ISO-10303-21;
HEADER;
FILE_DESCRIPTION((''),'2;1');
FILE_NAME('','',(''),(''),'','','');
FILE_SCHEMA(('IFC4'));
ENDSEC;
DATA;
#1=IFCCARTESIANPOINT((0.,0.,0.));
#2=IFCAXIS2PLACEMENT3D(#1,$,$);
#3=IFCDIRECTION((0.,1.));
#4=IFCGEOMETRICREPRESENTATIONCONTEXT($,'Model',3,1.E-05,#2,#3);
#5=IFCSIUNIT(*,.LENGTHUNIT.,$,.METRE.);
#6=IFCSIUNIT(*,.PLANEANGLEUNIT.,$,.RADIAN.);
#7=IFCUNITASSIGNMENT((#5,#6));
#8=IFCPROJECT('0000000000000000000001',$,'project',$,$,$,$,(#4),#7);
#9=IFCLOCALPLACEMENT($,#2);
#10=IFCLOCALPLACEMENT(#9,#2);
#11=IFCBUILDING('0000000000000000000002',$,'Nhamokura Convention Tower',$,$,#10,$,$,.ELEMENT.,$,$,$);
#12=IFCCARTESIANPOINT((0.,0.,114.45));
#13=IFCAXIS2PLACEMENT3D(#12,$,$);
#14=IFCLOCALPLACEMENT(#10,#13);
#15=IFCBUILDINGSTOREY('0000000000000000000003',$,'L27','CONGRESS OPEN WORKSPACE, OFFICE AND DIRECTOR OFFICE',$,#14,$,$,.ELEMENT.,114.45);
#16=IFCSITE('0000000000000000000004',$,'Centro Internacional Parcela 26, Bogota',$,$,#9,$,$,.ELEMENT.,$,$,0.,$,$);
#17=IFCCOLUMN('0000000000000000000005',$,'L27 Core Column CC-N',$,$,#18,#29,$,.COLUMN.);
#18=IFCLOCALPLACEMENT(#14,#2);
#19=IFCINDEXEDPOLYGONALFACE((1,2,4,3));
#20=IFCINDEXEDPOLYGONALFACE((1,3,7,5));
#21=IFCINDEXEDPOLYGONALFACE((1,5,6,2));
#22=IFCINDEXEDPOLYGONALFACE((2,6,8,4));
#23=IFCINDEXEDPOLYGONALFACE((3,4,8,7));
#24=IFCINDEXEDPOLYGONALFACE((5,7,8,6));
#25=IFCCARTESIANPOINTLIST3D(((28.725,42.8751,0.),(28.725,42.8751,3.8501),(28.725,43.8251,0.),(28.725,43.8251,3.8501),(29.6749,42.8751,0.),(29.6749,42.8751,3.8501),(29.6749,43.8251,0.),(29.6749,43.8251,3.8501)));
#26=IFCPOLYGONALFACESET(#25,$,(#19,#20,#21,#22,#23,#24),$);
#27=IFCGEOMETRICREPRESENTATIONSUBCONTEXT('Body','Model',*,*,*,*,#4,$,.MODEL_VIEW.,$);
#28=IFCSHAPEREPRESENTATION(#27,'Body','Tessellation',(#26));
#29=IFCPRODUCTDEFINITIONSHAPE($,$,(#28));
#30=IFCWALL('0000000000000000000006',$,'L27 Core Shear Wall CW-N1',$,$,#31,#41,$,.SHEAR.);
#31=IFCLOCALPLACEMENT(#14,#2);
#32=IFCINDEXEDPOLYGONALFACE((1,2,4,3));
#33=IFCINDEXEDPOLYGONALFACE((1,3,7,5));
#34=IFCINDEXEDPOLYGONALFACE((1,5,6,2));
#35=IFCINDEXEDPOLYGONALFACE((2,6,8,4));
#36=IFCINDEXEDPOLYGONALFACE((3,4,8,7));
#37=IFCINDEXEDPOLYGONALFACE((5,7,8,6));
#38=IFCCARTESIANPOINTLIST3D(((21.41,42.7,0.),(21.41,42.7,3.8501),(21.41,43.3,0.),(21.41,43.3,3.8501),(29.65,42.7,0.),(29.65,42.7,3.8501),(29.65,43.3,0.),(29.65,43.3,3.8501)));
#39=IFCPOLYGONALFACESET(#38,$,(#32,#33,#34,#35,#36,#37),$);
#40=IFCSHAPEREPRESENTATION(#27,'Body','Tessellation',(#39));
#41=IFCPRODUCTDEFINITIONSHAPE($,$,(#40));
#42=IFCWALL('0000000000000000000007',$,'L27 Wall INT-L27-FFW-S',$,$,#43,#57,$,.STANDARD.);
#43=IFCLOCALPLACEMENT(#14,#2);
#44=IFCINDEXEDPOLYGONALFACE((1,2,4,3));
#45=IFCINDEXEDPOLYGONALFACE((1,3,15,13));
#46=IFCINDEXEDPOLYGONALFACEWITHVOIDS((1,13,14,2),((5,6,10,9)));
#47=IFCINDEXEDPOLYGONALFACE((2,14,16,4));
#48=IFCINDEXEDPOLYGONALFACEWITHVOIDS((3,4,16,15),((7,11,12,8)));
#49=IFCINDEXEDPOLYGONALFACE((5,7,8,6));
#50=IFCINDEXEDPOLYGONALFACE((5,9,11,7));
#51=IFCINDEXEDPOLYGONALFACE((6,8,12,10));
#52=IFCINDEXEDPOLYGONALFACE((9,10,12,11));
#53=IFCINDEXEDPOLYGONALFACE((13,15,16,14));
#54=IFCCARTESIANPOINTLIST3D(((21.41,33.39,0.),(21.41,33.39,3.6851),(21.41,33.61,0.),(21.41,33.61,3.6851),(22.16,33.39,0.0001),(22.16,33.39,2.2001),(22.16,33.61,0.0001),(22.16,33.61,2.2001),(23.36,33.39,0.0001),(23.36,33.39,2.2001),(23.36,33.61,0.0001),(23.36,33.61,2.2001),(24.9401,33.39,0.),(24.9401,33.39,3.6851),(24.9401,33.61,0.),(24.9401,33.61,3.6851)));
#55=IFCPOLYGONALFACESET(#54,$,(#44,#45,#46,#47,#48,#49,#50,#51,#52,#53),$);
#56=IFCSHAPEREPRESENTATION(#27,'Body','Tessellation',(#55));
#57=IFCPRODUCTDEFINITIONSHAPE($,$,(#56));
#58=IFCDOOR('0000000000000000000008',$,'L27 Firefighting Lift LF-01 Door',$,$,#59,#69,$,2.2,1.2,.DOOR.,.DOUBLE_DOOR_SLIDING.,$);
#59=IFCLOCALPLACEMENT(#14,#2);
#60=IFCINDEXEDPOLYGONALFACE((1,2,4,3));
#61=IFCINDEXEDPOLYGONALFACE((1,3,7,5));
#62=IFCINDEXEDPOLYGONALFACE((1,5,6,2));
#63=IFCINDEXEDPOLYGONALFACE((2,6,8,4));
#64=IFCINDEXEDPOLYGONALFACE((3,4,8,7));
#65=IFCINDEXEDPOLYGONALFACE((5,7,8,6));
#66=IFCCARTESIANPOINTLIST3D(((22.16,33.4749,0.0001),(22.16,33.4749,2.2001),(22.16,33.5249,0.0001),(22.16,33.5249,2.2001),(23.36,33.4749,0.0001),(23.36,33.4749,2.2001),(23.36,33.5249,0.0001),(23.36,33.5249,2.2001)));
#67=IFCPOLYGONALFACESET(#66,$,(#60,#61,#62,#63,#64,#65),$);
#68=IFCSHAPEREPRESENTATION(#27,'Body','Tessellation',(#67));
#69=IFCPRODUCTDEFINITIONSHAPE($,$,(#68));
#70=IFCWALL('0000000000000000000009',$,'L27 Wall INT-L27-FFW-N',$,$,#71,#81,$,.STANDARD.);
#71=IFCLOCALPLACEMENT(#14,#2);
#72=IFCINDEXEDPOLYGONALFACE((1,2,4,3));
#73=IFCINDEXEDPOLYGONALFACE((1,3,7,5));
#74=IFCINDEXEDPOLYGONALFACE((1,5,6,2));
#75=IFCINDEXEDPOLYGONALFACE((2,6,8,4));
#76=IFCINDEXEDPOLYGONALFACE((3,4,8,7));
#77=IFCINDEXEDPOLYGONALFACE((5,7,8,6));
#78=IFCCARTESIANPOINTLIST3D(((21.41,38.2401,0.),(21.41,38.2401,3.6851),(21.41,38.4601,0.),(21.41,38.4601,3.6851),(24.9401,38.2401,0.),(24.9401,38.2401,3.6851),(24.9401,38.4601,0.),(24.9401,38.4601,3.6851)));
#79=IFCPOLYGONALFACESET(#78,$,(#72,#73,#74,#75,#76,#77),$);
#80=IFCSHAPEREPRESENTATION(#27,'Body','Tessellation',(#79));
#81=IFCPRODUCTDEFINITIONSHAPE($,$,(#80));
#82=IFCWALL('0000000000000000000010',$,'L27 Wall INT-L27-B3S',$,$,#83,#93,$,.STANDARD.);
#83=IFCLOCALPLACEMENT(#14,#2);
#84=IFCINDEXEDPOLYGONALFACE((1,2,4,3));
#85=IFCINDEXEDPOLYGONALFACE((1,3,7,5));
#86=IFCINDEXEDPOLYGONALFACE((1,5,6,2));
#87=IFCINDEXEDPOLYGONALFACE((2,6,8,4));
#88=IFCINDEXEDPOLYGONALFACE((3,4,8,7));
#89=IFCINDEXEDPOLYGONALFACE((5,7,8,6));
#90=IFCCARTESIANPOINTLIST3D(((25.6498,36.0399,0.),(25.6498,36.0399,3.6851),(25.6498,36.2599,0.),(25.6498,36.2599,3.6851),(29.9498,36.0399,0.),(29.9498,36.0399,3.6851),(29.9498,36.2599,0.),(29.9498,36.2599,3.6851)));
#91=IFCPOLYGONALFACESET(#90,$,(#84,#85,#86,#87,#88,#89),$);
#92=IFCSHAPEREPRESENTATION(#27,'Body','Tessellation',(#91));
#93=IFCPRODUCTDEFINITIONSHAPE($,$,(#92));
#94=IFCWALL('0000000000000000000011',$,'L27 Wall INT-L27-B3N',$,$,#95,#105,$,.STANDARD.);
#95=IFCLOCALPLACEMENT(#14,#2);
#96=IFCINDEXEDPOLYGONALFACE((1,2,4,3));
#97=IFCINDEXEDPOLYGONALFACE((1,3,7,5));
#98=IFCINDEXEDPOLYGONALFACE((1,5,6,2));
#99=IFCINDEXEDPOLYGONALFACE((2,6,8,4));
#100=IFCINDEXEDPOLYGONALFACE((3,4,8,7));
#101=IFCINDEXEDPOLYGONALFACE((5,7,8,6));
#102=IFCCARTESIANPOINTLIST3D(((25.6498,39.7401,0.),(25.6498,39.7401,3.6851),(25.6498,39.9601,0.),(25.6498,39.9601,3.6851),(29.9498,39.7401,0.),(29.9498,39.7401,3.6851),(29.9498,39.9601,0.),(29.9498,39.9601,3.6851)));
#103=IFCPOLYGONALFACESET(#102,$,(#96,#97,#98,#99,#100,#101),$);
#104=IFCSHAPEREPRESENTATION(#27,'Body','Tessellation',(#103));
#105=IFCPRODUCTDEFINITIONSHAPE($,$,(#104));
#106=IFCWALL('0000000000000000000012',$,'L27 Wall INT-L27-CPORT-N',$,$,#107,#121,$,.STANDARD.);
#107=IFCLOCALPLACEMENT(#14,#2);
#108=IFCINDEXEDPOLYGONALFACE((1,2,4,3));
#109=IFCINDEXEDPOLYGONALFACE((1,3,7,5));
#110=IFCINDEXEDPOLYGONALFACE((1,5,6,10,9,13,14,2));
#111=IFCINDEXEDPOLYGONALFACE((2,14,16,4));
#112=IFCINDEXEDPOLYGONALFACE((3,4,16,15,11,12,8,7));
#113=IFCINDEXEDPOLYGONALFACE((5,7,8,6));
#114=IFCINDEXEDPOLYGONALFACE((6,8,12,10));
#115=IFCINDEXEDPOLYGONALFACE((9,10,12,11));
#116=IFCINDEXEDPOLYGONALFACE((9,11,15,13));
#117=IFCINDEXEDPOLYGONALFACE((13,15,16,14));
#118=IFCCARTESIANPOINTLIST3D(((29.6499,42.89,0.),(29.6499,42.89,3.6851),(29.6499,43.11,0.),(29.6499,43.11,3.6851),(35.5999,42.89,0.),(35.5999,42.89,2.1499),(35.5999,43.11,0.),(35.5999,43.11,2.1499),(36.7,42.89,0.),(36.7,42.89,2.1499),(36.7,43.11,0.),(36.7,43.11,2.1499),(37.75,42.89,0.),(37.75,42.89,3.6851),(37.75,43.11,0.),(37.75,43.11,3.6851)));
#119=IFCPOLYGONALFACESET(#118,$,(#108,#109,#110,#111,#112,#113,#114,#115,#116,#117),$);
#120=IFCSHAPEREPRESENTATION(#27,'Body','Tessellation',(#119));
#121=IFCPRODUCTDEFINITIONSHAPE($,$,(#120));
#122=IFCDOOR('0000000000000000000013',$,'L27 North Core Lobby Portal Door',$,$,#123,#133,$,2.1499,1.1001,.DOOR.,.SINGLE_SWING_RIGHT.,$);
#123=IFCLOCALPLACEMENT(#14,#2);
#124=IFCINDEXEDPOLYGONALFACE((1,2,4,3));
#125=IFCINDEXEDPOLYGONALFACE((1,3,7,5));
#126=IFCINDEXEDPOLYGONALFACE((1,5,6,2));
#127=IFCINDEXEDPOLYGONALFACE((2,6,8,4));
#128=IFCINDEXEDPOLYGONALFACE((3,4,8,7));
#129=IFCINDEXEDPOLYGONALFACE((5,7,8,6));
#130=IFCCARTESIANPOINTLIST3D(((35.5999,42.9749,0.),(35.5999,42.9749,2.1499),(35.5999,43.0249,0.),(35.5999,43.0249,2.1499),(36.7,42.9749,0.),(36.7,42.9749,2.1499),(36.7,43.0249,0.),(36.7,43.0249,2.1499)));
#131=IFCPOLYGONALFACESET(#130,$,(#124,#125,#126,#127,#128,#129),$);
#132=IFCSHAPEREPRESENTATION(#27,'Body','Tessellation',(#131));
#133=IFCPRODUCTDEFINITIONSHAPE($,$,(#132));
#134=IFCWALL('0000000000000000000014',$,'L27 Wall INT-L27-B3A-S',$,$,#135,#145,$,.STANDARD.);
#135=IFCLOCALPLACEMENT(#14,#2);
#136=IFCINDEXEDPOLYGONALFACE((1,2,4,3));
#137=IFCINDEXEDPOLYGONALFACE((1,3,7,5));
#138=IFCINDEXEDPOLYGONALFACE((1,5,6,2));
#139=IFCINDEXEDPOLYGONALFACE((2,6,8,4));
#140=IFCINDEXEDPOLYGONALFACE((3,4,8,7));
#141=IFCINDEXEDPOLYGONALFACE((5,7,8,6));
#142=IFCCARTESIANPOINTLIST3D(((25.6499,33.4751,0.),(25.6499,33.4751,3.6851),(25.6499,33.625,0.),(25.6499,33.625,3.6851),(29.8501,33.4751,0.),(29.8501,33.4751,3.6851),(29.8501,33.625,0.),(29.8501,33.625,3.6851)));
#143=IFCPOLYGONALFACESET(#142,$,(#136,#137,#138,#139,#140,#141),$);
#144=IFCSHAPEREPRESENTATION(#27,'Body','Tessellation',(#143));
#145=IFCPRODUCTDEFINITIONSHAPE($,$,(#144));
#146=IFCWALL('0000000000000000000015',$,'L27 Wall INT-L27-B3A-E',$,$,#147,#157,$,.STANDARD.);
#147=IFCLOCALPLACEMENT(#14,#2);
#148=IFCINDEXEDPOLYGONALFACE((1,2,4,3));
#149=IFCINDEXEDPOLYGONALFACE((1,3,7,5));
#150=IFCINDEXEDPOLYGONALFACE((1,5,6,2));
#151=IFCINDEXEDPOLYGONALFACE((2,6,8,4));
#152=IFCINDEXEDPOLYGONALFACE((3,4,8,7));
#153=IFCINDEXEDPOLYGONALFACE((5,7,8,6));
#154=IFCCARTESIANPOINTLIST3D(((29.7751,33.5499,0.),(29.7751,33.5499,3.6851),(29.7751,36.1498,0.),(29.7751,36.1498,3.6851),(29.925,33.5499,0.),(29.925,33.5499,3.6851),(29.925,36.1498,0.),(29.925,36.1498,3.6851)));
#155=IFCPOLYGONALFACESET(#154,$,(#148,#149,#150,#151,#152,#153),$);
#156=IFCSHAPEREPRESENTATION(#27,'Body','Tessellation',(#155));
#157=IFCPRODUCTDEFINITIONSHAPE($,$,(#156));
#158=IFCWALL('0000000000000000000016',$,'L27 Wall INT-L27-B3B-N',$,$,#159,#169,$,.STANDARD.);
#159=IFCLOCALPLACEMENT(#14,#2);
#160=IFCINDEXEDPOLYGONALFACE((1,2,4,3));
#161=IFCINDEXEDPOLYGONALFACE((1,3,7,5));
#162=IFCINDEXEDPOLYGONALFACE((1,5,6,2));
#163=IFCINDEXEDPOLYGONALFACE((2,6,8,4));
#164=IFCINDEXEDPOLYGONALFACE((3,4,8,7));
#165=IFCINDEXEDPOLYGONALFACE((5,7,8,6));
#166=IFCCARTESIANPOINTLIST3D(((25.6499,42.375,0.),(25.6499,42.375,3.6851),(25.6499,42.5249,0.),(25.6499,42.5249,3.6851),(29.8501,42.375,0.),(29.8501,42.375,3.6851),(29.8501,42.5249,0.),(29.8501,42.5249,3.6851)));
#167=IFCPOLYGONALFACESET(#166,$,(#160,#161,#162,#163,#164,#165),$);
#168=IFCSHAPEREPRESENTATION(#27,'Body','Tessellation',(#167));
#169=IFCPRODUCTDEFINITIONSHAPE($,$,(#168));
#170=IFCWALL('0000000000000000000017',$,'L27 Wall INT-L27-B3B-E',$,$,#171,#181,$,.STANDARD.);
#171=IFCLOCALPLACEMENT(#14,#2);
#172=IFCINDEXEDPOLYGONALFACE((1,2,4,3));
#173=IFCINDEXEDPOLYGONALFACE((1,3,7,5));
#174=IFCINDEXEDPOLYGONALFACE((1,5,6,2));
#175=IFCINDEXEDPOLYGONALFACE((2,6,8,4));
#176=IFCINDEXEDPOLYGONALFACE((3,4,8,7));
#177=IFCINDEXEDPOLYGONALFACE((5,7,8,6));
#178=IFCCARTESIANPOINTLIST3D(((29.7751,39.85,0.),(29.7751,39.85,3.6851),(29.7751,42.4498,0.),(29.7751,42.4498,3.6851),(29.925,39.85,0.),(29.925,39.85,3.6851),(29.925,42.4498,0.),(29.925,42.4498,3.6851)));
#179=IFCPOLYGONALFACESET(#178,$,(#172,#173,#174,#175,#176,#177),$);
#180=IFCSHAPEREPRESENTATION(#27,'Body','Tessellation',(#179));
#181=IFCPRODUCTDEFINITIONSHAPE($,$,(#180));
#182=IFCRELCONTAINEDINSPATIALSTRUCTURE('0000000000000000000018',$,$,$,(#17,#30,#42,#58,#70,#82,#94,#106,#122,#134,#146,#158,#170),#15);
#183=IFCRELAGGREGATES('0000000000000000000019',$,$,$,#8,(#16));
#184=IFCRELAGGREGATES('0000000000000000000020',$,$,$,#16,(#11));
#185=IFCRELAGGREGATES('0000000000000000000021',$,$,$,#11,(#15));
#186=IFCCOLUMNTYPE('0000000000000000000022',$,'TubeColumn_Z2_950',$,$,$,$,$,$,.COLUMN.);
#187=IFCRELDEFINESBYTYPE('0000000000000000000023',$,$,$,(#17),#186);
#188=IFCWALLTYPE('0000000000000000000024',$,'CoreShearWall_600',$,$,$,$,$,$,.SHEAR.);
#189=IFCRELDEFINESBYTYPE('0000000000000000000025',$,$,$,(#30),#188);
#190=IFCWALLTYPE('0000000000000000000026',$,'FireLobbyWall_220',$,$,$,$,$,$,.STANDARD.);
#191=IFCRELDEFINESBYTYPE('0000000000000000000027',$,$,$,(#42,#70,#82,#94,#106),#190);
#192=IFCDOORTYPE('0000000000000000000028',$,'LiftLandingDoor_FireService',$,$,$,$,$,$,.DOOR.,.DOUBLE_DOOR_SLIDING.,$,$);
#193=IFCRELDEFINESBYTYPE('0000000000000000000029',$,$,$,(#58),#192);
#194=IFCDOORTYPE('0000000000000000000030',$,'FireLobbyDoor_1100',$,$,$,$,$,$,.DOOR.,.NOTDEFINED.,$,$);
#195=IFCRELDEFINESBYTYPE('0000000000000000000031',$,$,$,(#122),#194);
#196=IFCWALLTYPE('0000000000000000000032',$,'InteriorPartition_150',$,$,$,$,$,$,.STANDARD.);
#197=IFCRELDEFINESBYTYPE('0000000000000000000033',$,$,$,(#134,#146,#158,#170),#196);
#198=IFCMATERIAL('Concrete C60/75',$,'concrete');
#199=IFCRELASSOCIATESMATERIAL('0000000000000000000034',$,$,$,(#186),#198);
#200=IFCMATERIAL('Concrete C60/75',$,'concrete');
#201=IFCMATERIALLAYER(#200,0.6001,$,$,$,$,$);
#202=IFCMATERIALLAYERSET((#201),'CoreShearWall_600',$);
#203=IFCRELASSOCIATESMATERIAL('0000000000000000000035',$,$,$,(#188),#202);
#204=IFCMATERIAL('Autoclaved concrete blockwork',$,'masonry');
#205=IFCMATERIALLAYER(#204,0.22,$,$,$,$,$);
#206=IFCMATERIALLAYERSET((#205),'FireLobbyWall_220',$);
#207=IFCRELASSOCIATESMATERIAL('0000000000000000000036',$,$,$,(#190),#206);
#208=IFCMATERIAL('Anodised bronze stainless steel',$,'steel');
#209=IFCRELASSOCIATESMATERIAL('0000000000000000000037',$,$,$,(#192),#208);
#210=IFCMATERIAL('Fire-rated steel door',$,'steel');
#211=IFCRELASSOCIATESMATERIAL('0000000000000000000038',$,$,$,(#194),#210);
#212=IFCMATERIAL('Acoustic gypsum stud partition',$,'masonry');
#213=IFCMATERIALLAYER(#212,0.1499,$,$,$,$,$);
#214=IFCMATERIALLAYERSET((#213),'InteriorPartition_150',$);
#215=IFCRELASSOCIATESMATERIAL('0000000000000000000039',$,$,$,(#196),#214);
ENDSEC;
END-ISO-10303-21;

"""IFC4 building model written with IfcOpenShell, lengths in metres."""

from ifc_helpers import new_model, si_unit, direction, frame, frame_2d, origin, origin_2d, place, context, subcontext, project, spatial, rectangle, extrude, material, layer, layer_set, material_profile, profile_set, type_object, element, fill, save


model = new_model("IFC4")

# Units and contexts
model_context = context("Model", 3, precision=1e-05, world=origin(), true_north=direction((0.0, 1.0)))
body_context = subcontext(model_context, "Body", "Model", "MODEL_VIEW")
ifc_project = project(units=[si_unit("LENGTHUNIT", "METRE"), si_unit("PLANEANGLEUNIT", "RADIAN")], contexts=[model_context])

# Site, building, storey
site_placement = place(None, origin())
site = spatial("IfcSite", under=ifc_project, at=site_placement, Name="Centro Internacional Parcela 26, Bogota", CompositionType="ELEMENT", RefElevation=0.0)
building_placement = place(site_placement, origin())
building = spatial("IfcBuilding", under=site, at=building_placement, Name="Nhamokura Convention Tower", CompositionType="ELEMENT")
storey_placement = place(building_placement, frame((0.0, 0.0, 114.45)))
storey = spatial("IfcBuildingStorey", under=building, at=storey_placement, Name="L27", Description="CONGRESS OPEN WORKSPACE, OFFICE AND DIRECTOR OFFICE", CompositionType="ELEMENT", Elevation=114.45)

# Column
ifc_material_1 = material(Name="Concrete C60/75", Category="concrete")
ifc_material_profile = material_profile(ifc_material_1, rectangle(XDim=0.95, YDim=0.95, at=origin_2d()))
ifc_profile_set = profile_set([ifc_material_profile], Name="Concrete C60/75")
column_type = type_object("IfcColumnType", Name="TubeColumn_Z2_950", PredefinedType="COLUMN", material=ifc_profile_set)
column_placement = place(storey_placement, frame((29.2, 43.3501, 0.0), z_axis=(0.0, 0.0, 1.0), x_axis=(1.0, 0.0, 0.0)))
element("IfcColumn", 1, at=column_placement, inside=storey, type_object=column_type, Name="L27 Core Column CC-N", PredefinedType="COLUMN", context=body_context, shape_type="SweptSolid", body=[
    extrude(rectangle(XDim=0.95, YDim=0.95, at=origin_2d()), origin(), (0.0, 0.0, 1.0), 3.8501),
])

# Wall
ifc_material_2 = material(Name="Concrete C60/75", Category="concrete")
ifc_layer_1 = layer(ifc_material_2, 0.6001)
ifc_layer_set_1 = layer_set([ifc_layer_1], Name="CoreShearWall_600")
wall_type_1 = type_object("IfcWallType", Name="CoreShearWall_600", PredefinedType="SHEAR", material=ifc_layer_set_1)
wall_1_placement = place(storey_placement, frame((21.4099, 43.0, 0.0), z_axis=(0.0, 0.0, 1.0), x_axis=(1.0, 0.0, 0.0)))
element("IfcWall", 2, at=wall_1_placement, inside=storey, type_object=wall_type_1, Name="L27 Core Shear Wall CW-N1", PredefinedType="SHEAR", context=body_context, shape_type="SweptSolid", body=[
    extrude(rectangle(XDim=8.24, YDim=0.6001, at=frame_2d((4.1201, 0.0))), origin(), (0.0, 0.0, 1.0), 3.8501),
])

# Wall, opening, door
ifc_material_3 = material(Name="Autoclaved concrete blockwork", Category="masonry")
ifc_layer_2 = layer(ifc_material_3, 0.22)
ifc_layer_set_2 = layer_set([ifc_layer_2], Name="FireLobbyWall_220")
wall_type_2 = type_object("IfcWallType", Name="FireLobbyWall_220", PredefinedType="STANDARD", material=ifc_layer_set_2)
wall_2_placement = place(storey_placement, frame((21.4099, 33.5, 0.0), z_axis=(0.0, 0.0, 1.0), x_axis=(1.0, 0.0, 0.0)))
wall_2 = element("IfcWall", 3, at=wall_2_placement, inside=storey, type_object=wall_type_2, Name="L27 Wall INT-L27-FFW-S", PredefinedType="STANDARD", context=body_context, shape_type="SweptSolid", body=[
    extrude(rectangle(XDim=3.53, YDim=0.22, at=frame_2d((1.7651, 0.0))), origin(), (0.0, 0.0, 1.0), 3.6851),
])
opening_1_placement = place(wall_2_placement, frame((0.75, 0.0, 0.0)))
opening_1 = element("IfcOpeningElement", 4, at=opening_1_placement, cuts=wall_2, PredefinedType="OPENING", context=body_context, shape_type="SweptSolid", body=[
    extrude(rectangle(XDim=1.2, YDim=2.2, at=frame_2d((0.6001, 1.1001))), frame((0.0, 0.1199, 0.0), z_axis=(0.0, -1.0, 0.0), x_axis=(1.0, 0.0, 0.0)), (0.0, 0.0, 1.0), 0.24),
])
ifc_material_4 = material(Name="Anodised bronze stainless steel", Category="steel")
door_type_1 = type_object("IfcDoorType", Name="LiftLandingDoor_FireService", OperationType="DOUBLE_DOOR_SLIDING", PredefinedType="DOOR", material=ifc_material_4)
door_1_placement = place(opening_1_placement, origin())
door_1 = element("IfcDoor", 5, at=door_1_placement, inside=storey, type_object=door_type_1, Name="L27 Firefighting Lift LF-01 Door", OperationType="DOUBLE_DOOR_SLIDING", OverallHeight=2.2, OverallWidth=1.2, PredefinedType="DOOR", context=body_context, shape_type="SweptSolid", body=[
    extrude(rectangle(XDim=1.2, YDim=2.2, at=frame_2d((0.6001, 1.1001))), frame((0.0, 0.0249, 0.0), z_axis=(0.0, -1.0, 0.0), x_axis=(1.0, 0.0, 0.0)), (0.0, 0.0, 1.0), 0.05),
])
fill(opening_1, door_1)

# Walls
wall_3_placement = place(storey_placement, frame((21.4099, 38.3501, 0.0), z_axis=(0.0, 0.0, 1.0), x_axis=(1.0, 0.0, 0.0)))
element("IfcWall", 6, at=wall_3_placement, inside=storey, type_object=wall_type_2, Name="L27 Wall INT-L27-FFW-N", PredefinedType="STANDARD", context=body_context, shape_type="SweptSolid", body=[
    extrude(rectangle(XDim=3.53, YDim=0.22, at=frame_2d((1.7651, 0.0))), origin(), (0.0, 0.0, 1.0), 3.6851),
])
for number, where, z_axis, x_axis, name in (
    (7, (25.6499, 36.1499, 0.0), (0.0, 0.0, 1.0), (1.0, 0.0, 0.0), "L27 Wall INT-L27-B3S"),
    (8, (25.6499, 39.8501, 0.0), (0.0, 0.0, 1.0), (1.0, 0.0, 0.0), "L27 Wall INT-L27-B3N"),
):
    element("IfcWall", number, at=place(storey_placement, frame(where, z_axis=z_axis, x_axis=x_axis)), inside=storey, type_object=wall_type_2, Name=name, PredefinedType="STANDARD", context=body_context, shape_type="SweptSolid", body=[
        extrude(rectangle(XDim=4.3, YDim=0.22, at=frame_2d((2.1499, 0.0))), origin(), (0.0, 0.0, 1.0), 3.6851),
    ])

# Wall, opening, door
wall_4_placement = place(storey_placement, frame((29.6499, 43.0, 0.0), z_axis=(0.0, 0.0, 1.0), x_axis=(1.0, 0.0, 0.0)))
wall_4 = element("IfcWall", 9, at=wall_4_placement, inside=storey, type_object=wall_type_2, Name="L27 Wall INT-L27-CPORT-N", PredefinedType="STANDARD", context=body_context, shape_type="SweptSolid", body=[
    extrude(rectangle(XDim=8.1001, YDim=0.22, at=frame_2d((4.05, 0.0))), origin(), (0.0, 0.0, 1.0), 3.6851),
])
opening_2_placement = place(wall_4_placement, frame((5.95, 0.0, 0.0)))
opening_2 = element("IfcOpeningElement", 10, at=opening_2_placement, cuts=wall_4, PredefinedType="OPENING", context=body_context, shape_type="SweptSolid", body=[
    extrude(rectangle(XDim=1.1001, YDim=2.1499, at=frame_2d((0.55, 1.075))), frame((0.0, 0.1199, 0.0), z_axis=(0.0, -1.0, 0.0), x_axis=(1.0, 0.0, 0.0)), (0.0, 0.0, 1.0), 0.24),
])
ifc_material_5 = material(Name="Fire-rated steel door", Category="steel")
door_type_2 = type_object("IfcDoorType", Name="FireLobbyDoor_1100", OperationType="NOTDEFINED", PredefinedType="DOOR", material=ifc_material_5)
door_2_placement = place(opening_2_placement, origin())
door_2 = element("IfcDoor", 11, at=door_2_placement, inside=storey, type_object=door_type_2, Name="L27 North Core Lobby Portal Door", OperationType="SINGLE_SWING_RIGHT", OverallHeight=2.1499, OverallWidth=1.1001, PredefinedType="DOOR", context=body_context, shape_type="SweptSolid", body=[
    extrude(rectangle(XDim=1.1001, YDim=2.1499, at=frame_2d((0.55, 1.075))), frame((0.0, 0.0249, 0.0), z_axis=(0.0, -1.0, 0.0), x_axis=(1.0, 0.0, 0.0)), (0.0, 0.0, 1.0), 0.05),
])
fill(opening_2, door_2)

# Walls
ifc_material_6 = material(Name="Acoustic gypsum stud partition", Category="masonry")
ifc_layer_3 = layer(ifc_material_6, 0.1499)
ifc_layer_set_3 = layer_set([ifc_layer_3], Name="InteriorPartition_150")
wall_type_3 = type_object("IfcWallType", Name="InteriorPartition_150", PredefinedType="STANDARD", material=ifc_layer_set_3)
wall_5_placement = place(storey_placement, frame((25.6499, 33.55, 0.0), z_axis=(0.0, 0.0, 1.0), x_axis=(1.0, 0.0, 0.0)))
element("IfcWall", 12, at=wall_5_placement, inside=storey, type_object=wall_type_3, Name="L27 Wall INT-L27-B3A-S", PredefinedType="STANDARD", context=body_context, shape_type="SweptSolid", body=[
    extrude(rectangle(XDim=4.2002, YDim=0.1499, at=frame_2d((2.1001, 0.0))), origin(), (0.0, 0.0, 1.0), 3.6851),
])
wall_6_placement = place(storey_placement, frame((29.8501, 33.55, 0.0), z_axis=(0.0, 0.0, 1.0), x_axis=(0.0, 1.0, 0.0)))
element("IfcWall", 13, at=wall_6_placement, inside=storey, type_object=wall_type_3, Name="L27 Wall INT-L27-B3A-E", PredefinedType="STANDARD", context=body_context, shape_type="SweptSolid", body=[
    extrude(rectangle(XDim=2.5999, YDim=0.1499, at=frame_2d((1.2998, 0.0))), origin(), (0.0, 0.0, 1.0), 3.6851),
])
wall_7_placement = place(storey_placement, frame((25.6499, 42.45, 0.0), z_axis=(0.0, 0.0, 1.0), x_axis=(1.0, 0.0, 0.0)))
element("IfcWall", 14, at=wall_7_placement, inside=storey, type_object=wall_type_3, Name="L27 Wall INT-L27-B3B-N", PredefinedType="STANDARD", context=body_context, shape_type="SweptSolid", body=[
    extrude(rectangle(XDim=4.2002, YDim=0.1499, at=frame_2d((2.1001, 0.0))), origin(), (0.0, 0.0, 1.0), 3.6851),
])
wall_8_placement = place(storey_placement, frame((29.8501, 39.8501, 0.0), z_axis=(0.0, 0.0, 1.0), x_axis=(0.0, 1.0, 0.0)))
element("IfcWall", 15, at=wall_8_placement, inside=storey, type_object=wall_type_3, Name="L27 Wall INT-L27-B3B-E", PredefinedType="STANDARD", context=body_context, shape_type="SweptSolid", body=[
    extrude(rectangle(XDim=2.5999, YDim=0.1499, at=frame_2d((1.2998, 0.0))), origin(), (0.0, 0.0, 1.0), 3.6851),
])

save(model, "model.ifc")
